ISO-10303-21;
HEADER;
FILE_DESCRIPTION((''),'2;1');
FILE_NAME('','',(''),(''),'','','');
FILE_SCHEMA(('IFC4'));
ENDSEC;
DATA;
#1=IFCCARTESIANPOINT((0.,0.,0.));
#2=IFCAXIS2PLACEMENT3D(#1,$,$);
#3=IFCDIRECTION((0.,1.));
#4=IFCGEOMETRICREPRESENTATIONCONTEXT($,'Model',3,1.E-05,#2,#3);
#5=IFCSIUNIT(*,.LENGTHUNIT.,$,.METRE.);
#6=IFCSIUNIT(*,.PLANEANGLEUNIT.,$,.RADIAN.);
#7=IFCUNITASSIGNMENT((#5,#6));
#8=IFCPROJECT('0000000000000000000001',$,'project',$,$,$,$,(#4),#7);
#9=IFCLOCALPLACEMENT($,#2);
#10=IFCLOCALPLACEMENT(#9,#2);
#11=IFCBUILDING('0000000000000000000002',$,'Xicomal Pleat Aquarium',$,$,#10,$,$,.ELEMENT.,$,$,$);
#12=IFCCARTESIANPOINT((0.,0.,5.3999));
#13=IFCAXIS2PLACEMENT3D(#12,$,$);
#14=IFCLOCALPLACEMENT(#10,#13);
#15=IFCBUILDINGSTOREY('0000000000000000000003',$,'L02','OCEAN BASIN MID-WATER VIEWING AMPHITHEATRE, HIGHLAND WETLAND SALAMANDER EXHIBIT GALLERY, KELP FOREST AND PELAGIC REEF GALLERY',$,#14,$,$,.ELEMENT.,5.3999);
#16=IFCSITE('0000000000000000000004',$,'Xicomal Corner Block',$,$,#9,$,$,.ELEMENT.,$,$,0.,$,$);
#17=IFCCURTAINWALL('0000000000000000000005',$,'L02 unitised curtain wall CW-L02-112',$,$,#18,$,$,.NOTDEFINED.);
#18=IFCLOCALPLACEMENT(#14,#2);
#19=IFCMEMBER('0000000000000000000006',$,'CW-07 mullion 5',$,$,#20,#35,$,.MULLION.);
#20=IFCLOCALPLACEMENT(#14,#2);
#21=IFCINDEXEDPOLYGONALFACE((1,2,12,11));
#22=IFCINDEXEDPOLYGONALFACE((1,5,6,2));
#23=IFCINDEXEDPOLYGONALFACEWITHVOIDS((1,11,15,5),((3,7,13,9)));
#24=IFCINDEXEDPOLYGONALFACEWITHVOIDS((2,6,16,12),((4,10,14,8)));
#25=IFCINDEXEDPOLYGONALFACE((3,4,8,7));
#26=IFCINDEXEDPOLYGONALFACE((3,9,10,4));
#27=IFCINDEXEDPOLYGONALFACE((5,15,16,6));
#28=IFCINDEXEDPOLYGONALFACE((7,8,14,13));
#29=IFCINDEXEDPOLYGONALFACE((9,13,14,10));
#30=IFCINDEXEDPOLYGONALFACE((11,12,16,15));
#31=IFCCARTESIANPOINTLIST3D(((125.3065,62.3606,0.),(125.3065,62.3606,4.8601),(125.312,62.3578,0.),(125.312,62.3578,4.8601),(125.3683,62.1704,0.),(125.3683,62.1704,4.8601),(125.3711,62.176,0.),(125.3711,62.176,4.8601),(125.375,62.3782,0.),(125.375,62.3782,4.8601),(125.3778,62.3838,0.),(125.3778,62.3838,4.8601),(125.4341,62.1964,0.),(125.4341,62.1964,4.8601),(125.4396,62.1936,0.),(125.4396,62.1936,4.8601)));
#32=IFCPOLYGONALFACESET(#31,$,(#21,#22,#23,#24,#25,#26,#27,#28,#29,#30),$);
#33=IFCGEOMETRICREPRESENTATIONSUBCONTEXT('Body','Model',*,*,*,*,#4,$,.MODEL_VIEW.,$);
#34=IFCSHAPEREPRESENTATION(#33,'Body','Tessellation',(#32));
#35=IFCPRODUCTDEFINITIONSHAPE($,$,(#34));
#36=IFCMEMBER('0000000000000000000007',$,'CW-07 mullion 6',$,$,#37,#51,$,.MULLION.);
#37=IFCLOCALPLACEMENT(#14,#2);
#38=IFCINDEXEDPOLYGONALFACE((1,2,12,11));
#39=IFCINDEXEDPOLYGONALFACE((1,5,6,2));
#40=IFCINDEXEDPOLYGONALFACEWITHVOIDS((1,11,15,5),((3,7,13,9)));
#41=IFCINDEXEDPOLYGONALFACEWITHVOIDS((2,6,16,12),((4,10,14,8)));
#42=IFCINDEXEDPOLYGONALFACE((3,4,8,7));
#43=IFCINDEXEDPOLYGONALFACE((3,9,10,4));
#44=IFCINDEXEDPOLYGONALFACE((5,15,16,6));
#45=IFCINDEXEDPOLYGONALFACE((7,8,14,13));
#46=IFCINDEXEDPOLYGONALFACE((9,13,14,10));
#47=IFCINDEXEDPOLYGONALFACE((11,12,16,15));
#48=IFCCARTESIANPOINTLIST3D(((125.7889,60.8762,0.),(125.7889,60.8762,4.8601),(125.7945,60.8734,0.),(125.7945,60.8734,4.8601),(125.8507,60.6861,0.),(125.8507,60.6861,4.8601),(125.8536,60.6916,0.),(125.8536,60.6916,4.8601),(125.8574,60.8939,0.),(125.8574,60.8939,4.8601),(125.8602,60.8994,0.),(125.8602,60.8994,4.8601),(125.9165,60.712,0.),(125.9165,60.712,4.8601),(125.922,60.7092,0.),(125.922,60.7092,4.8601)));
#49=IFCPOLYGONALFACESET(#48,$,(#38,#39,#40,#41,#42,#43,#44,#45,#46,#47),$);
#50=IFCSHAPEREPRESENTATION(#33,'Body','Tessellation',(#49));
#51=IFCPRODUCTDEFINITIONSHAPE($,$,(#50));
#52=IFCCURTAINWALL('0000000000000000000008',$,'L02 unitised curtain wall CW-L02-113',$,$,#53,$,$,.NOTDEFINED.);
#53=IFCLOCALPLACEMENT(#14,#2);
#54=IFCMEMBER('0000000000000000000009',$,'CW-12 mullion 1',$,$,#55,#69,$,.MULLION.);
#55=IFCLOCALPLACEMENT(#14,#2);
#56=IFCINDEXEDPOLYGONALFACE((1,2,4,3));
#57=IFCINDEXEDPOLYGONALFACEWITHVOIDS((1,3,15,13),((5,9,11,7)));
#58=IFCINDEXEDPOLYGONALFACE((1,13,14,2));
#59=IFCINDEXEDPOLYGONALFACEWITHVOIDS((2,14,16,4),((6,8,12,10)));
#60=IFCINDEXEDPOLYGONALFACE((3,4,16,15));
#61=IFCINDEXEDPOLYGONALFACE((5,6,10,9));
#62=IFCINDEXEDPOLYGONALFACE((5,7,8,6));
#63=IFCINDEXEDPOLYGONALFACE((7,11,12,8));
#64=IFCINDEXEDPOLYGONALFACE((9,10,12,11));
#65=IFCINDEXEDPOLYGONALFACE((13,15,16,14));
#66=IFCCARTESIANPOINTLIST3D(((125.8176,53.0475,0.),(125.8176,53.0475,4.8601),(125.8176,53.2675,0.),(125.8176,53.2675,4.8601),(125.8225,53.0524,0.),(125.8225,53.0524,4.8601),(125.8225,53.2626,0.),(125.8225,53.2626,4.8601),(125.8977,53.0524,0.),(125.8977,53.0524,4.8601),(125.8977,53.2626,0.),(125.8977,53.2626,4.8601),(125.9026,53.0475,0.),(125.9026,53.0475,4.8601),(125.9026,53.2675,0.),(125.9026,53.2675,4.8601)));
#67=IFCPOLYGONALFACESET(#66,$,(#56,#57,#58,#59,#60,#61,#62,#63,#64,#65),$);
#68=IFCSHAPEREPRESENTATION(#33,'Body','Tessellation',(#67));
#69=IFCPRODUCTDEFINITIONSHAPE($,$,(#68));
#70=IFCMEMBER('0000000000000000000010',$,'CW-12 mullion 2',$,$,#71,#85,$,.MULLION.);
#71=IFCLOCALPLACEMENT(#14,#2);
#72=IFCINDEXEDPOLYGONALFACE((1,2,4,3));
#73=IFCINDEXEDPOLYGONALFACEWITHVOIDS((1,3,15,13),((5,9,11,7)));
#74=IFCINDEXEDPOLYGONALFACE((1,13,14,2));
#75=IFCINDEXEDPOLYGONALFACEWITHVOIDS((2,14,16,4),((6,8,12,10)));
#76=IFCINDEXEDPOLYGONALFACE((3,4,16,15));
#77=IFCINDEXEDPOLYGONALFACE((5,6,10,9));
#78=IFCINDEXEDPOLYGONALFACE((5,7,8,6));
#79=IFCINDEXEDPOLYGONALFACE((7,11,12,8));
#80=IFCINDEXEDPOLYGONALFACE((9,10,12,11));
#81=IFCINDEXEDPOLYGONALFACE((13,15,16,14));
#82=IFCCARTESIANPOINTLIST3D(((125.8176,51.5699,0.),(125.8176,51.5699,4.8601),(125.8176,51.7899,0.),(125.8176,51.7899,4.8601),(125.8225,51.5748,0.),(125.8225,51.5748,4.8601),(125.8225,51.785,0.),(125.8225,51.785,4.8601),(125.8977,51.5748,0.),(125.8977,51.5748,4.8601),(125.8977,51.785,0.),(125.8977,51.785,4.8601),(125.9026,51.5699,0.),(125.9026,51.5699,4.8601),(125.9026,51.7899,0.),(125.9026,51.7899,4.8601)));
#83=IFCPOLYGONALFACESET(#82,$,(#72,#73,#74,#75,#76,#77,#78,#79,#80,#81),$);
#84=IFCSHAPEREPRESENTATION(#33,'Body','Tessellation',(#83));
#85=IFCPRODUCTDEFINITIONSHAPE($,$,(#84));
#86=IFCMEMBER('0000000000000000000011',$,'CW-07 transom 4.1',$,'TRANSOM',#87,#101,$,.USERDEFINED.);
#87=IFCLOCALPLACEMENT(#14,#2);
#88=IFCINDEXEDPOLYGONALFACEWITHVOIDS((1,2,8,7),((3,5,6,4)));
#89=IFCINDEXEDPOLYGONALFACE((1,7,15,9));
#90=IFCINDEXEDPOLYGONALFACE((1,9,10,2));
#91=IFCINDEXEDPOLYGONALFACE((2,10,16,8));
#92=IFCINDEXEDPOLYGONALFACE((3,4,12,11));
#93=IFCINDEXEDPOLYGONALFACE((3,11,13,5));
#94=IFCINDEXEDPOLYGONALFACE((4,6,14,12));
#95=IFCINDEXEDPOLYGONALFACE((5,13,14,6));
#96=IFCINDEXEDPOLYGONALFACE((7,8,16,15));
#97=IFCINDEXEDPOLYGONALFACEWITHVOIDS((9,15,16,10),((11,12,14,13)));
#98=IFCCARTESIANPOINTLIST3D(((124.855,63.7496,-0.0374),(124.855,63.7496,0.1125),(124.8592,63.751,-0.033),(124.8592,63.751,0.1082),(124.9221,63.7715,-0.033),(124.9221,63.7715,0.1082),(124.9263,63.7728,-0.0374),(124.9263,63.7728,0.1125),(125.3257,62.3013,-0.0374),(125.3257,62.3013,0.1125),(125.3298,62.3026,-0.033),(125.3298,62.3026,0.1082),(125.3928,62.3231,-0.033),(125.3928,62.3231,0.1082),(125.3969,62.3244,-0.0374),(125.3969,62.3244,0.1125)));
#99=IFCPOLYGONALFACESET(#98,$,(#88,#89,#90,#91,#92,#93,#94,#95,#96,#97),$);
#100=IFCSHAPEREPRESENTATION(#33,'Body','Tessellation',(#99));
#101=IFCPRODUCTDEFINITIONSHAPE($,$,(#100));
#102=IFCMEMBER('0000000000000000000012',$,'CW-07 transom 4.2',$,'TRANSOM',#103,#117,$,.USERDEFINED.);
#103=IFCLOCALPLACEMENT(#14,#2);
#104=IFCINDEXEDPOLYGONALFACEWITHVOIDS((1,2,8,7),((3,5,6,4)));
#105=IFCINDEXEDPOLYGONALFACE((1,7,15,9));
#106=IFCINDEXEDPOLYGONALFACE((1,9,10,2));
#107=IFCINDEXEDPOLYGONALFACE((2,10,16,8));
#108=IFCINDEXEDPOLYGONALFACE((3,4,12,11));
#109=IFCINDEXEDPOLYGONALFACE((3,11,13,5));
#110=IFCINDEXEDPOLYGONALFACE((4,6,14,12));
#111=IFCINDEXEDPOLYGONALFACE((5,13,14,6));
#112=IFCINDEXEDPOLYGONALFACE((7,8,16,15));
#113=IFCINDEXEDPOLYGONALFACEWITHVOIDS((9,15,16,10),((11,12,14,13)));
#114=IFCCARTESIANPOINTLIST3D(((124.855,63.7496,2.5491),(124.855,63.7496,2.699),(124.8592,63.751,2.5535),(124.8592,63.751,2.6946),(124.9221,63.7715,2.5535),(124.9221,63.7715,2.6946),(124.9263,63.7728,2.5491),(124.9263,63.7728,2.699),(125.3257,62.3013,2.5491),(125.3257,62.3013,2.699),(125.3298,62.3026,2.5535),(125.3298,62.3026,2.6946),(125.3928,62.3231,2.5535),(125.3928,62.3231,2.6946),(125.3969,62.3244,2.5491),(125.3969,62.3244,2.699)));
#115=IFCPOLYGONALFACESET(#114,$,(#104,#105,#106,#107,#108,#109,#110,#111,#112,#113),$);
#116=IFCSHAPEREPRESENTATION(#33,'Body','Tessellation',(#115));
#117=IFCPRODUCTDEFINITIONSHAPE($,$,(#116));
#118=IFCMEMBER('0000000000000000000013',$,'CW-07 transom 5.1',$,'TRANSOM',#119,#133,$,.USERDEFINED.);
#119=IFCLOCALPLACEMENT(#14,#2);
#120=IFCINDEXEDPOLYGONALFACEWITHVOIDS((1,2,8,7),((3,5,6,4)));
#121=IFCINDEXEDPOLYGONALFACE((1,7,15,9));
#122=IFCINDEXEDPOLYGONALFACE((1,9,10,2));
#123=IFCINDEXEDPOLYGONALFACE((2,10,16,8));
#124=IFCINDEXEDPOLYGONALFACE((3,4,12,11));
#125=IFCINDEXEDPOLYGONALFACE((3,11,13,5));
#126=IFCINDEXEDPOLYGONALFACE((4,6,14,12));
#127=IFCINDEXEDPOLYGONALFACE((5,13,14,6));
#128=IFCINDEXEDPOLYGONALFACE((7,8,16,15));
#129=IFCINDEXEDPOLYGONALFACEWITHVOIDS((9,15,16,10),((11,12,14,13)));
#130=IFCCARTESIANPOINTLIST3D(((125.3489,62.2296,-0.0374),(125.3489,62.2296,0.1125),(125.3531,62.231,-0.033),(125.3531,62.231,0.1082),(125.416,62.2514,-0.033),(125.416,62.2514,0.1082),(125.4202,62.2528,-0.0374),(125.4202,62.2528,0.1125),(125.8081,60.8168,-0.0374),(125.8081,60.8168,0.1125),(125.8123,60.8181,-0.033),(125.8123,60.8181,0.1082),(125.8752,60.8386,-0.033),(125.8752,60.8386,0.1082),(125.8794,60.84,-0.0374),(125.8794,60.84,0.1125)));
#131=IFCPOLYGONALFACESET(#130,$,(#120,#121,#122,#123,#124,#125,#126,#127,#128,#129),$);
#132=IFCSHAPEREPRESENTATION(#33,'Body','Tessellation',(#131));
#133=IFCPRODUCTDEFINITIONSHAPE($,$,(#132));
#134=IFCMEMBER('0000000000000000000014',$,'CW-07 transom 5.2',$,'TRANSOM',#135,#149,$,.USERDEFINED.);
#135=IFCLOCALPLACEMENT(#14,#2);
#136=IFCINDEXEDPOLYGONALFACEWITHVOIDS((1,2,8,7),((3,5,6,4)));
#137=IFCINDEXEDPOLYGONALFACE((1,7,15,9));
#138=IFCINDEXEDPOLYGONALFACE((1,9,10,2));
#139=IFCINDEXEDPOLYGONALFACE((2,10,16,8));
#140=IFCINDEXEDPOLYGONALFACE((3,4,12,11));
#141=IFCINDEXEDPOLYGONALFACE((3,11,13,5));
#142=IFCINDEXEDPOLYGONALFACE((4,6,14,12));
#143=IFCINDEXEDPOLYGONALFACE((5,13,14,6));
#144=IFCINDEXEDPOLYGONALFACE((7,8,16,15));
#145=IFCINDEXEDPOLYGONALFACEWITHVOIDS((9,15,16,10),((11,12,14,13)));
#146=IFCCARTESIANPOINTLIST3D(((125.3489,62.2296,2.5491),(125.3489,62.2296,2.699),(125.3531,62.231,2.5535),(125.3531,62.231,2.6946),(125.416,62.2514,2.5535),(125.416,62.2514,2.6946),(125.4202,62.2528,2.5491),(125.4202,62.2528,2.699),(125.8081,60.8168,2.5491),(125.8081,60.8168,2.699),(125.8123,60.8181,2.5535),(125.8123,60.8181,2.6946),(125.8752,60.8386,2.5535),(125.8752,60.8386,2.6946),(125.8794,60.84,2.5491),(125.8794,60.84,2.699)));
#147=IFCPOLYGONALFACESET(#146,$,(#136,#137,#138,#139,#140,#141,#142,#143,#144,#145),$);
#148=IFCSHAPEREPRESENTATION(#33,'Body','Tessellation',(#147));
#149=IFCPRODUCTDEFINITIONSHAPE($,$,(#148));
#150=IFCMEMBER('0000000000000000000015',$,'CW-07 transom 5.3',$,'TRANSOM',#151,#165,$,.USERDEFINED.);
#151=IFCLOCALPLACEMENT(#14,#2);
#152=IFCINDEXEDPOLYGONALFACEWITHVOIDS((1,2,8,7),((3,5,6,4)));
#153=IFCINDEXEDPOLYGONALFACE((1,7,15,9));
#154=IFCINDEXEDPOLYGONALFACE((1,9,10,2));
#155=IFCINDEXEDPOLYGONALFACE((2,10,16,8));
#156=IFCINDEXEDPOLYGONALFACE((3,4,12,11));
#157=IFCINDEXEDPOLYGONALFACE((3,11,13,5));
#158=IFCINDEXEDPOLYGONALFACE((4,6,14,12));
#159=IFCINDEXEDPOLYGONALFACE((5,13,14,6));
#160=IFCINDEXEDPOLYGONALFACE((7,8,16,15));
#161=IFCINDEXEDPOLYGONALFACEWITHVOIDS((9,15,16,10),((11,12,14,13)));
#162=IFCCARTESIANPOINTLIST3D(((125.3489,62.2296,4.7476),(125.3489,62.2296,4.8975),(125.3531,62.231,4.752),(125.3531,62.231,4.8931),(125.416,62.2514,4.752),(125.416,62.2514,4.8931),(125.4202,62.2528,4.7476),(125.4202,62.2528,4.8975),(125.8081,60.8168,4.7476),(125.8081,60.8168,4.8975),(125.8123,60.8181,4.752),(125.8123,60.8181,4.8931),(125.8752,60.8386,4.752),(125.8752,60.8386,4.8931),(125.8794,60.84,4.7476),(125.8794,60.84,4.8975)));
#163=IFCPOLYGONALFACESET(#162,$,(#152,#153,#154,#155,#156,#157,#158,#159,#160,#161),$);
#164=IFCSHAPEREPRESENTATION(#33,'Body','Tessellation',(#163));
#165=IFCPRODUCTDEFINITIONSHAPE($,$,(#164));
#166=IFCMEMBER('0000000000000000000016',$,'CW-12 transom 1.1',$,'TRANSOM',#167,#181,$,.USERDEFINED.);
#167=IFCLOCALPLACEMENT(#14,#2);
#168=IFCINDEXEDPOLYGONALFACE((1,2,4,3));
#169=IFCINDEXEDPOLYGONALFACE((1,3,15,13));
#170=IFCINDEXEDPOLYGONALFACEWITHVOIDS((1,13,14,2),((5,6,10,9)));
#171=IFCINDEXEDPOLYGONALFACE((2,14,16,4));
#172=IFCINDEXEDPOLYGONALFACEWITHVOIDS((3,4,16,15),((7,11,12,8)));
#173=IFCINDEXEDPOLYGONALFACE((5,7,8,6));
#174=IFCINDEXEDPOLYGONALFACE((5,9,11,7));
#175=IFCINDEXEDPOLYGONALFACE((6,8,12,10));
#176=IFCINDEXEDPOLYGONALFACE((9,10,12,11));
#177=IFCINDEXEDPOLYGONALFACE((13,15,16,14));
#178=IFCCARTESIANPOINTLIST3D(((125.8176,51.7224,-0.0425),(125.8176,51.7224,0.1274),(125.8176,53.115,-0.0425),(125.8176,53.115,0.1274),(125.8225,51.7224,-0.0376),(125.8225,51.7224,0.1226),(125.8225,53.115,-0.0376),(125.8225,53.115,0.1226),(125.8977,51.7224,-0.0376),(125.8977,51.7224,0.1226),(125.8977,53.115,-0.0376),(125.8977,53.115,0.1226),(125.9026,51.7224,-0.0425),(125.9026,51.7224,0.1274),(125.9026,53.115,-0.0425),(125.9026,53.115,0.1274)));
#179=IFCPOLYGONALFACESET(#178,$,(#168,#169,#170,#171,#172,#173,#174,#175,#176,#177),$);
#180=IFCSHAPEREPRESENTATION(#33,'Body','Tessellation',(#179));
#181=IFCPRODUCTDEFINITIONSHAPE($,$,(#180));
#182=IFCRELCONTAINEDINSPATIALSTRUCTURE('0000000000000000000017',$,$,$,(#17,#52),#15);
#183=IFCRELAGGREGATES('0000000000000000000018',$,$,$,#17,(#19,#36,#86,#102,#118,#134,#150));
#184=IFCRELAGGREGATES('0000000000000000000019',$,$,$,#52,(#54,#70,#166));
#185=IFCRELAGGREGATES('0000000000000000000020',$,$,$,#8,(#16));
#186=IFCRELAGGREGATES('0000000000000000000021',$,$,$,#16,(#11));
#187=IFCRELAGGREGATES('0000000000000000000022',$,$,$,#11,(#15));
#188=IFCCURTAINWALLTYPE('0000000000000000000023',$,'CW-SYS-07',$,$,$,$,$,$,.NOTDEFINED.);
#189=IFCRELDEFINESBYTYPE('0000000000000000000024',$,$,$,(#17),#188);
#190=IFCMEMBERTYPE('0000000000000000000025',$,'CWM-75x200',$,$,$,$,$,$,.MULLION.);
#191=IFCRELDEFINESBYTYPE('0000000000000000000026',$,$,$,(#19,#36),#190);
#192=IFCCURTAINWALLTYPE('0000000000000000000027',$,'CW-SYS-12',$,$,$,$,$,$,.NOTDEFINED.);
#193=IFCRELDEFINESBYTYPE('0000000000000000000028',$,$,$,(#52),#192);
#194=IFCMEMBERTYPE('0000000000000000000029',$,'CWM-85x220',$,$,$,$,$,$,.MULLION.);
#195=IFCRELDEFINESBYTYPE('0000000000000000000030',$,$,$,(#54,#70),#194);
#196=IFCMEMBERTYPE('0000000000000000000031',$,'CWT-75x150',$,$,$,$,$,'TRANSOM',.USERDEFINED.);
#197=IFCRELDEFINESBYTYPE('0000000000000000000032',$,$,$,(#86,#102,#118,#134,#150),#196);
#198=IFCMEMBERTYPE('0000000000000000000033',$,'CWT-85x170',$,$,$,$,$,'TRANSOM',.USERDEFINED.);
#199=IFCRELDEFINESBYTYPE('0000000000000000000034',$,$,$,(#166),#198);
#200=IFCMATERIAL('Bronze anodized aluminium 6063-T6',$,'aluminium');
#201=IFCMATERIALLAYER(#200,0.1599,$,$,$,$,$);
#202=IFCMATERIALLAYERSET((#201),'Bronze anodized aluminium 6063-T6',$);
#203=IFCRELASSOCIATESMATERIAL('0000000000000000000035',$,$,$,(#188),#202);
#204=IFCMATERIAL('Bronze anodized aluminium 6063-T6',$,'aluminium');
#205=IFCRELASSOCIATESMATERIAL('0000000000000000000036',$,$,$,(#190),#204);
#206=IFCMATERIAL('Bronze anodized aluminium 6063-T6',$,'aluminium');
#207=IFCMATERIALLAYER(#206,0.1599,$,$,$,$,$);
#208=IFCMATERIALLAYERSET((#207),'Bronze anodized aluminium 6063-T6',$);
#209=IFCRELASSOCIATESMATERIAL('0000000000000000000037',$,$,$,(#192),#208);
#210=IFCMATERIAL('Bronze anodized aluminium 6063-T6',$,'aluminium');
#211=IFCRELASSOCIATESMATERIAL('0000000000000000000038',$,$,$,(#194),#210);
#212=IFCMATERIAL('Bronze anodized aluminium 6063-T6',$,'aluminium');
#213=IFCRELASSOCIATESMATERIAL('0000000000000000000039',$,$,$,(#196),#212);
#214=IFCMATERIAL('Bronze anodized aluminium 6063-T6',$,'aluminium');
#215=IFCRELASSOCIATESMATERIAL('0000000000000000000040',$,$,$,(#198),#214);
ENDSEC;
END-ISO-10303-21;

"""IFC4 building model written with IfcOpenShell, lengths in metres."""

from ifc_helpers import new_model, si_unit, direction, frame, origin, origin_2d, place, context, subcontext, project, spatial, hollow_rectangle, extrude, material, layer, layer_set, material_profile, profile_set, type_object, element, aggregate, save


model = new_model("IFC4")

# Units and contexts
model_context = context("Model", 3, precision=1e-05, world=origin(), true_north=direction((0.0, 1.0)))
body_context = subcontext(model_context, "Body", "Model", "MODEL_VIEW")
ifc_project = project(units=[si_unit("LENGTHUNIT", "METRE"), si_unit("PLANEANGLEUNIT", "RADIAN")], contexts=[model_context])

# Site, building, storey
site_placement = place(None, origin())
site = spatial("IfcSite", under=ifc_project, at=site_placement, Name="Xicomal Corner Block", CompositionType="ELEMENT", RefElevation=0.0)
building_placement = place(site_placement, origin())
building = spatial("IfcBuilding", under=site, at=building_placement, Name="Xicomal Pleat Aquarium", CompositionType="ELEMENT")
storey_placement = place(building_placement, frame((0.0, 0.0, 5.3999)))
storey = spatial("IfcBuildingStorey", under=building, at=storey_placement, Name="L02", Description="OCEAN BASIN MID-WATER VIEWING AMPHITHEATRE, HIGHLAND WETLAND SALAMANDER EXHIBIT GALLERY, KELP FOREST AND PELAGIC REEF GALLERY", CompositionType="ELEMENT", Elevation=5.3999)

# Curtain walls, members
ifc_material_1 = material(Name="Bronze anodized aluminium 6063-T6", Category="aluminium")
ifc_layer_1 = layer(ifc_material_1, 0.1599)
ifc_layer_set_1 = layer_set([ifc_layer_1], Name="Bronze anodized aluminium 6063-T6")
curtain_wall_type_1 = type_object("IfcCurtainWallType", Name="CW-SYS-07", PredefinedType="NOTDEFINED", material=ifc_layer_set_1)
curtain_wall_1_placement = place(storey_placement, origin())
curtain_wall_1 = element("IfcCurtainWall", 1, at=curtain_wall_1_placement, inside=storey, type_object=curtain_wall_type_1, Name="L02 unitised curtain wall CW-L02-112", PredefinedType="NOTDEFINED")
ifc_material_2 = material(Name="Bronze anodized aluminium 6063-T6", Category="aluminium")
ifc_material_profile_1 = material_profile(ifc_material_2, hollow_rectangle(XDim=0.075, YDim=0.2, WallThickness=0.0044, at=origin_2d()), Name="ALU MULL 75x200")
ifc_profile_set_1 = profile_set([ifc_material_profile_1], Name="Bronze anodized aluminium 6063-T6")
member_type_1 = type_object("IfcMemberType", Name="CWM-75x200", PredefinedType="MULLION", material=ifc_profile_set_1)
member_1_placement = place(storey_placement, frame((125.373, 62.2771, 0.0), z_axis=(0.0, 0.0, 1.0), x_axis=(0.951034, 0.309086, 0.0)))
member_1 = element("IfcMember", 2, at=member_1_placement, type_object=member_type_1, Name="CW-07 mullion 5", PredefinedType="MULLION", context=body_context, shape_type="SweptSolid", body=[
    extrude(hollow_rectangle(XDim=0.075, YDim=0.2, WallThickness=0.0044, at=origin_2d()), origin(), (0.0, 0.0, 1.0), 4.8601),
])
member_2_placement = place(storey_placement, frame((125.8555, 60.7927, 0.0), z_axis=(0.0, 0.0, 1.0), x_axis=(0.951034, 0.309086, 0.0)))
member_2 = element("IfcMember", 3, at=member_2_placement, type_object=member_type_1, Name="CW-07 mullion 6", PredefinedType="MULLION", context=body_context, shape_type="SweptSolid", body=[
    extrude(hollow_rectangle(XDim=0.075, YDim=0.2, WallThickness=0.0044, at=origin_2d()), origin(), (0.0, 0.0, 1.0), 4.8601),
])
ifc_material_3 = material(Name="Bronze anodized aluminium 6063-T6", Category="aluminium")
ifc_layer_2 = layer(ifc_material_3, 0.1599)
ifc_layer_set_2 = layer_set([ifc_layer_2], Name="Bronze anodized aluminium 6063-T6")
curtain_wall_type_2 = type_object("IfcCurtainWallType", Name="CW-SYS-12", PredefinedType="NOTDEFINED", material=ifc_layer_set_2)
curtain_wall_2_placement = place(storey_placement, origin())
curtain_wall_2 = element("IfcCurtainWall", 4, at=curtain_wall_2_placement, inside=storey, type_object=curtain_wall_type_2, Name="L02 unitised curtain wall CW-L02-113", PredefinedType="NOTDEFINED")
ifc_material_4 = material(Name="Bronze anodized aluminium 6063-T6", Category="aluminium")
ifc_material_profile_2 = material_profile(ifc_material_4, hollow_rectangle(XDim=0.085, YDim=0.22, WallThickness=0.0049, at=origin_2d()), Name="ALU MULL 85x220")
ifc_profile_set_2 = profile_set([ifc_material_profile_2], Name="Bronze anodized aluminium 6063-T6")
member_type_2 = type_object("IfcMemberType", Name="CWM-85x220", PredefinedType="MULLION", material=ifc_profile_set_2)
member_3_placement = place(storey_placement, frame((125.8601, 53.1575, 0.0), z_axis=(0.0, 0.0, 1.0), x_axis=(1.0, 0.0, 0.0)))
member_3 = element("IfcMember", 5, at=member_3_placement, type_object=member_type_2, Name="CW-12 mullion 1", PredefinedType="MULLION", context=body_context, shape_type="SweptSolid", body=[
    extrude(hollow_rectangle(XDim=0.085, YDim=0.22, WallThickness=0.0049, at=origin_2d()), origin(), (0.0, 0.0, 1.0), 4.8601),
])
member_4_placement = place(storey_placement, frame((125.8601, 51.6799, 0.0), z_axis=(0.0, 0.0, 1.0), x_axis=(1.0, 0.0, 0.0)))
member_4 = element("IfcMember", 6, at=member_4_placement, type_object=member_type_2, Name="CW-12 mullion 2", PredefinedType="MULLION", context=body_context, shape_type="SweptSolid", body=[
    extrude(hollow_rectangle(XDim=0.085, YDim=0.22, WallThickness=0.0049, at=origin_2d()), origin(), (0.0, 0.0, 1.0), 4.8601),
])

# Members
ifc_material_5 = material(Name="Bronze anodized aluminium 6063-T6", Category="aluminium")
ifc_material_profile_3 = material_profile(ifc_material_5, hollow_rectangle(XDim=0.075, YDim=0.1499, WallThickness=0.0044, at=origin_2d()), Name="ALU TRAN 75x150")
ifc_profile_set_3 = profile_set([ifc_material_profile_3], Name="Bronze anodized aluminium 6063-T6")
member_type_3 = type_object("IfcMemberType", Name="CWT-75x150", ElementType="TRANSOM", PredefinedType="USERDEFINED", material=ifc_profile_set_3)
member_5_placement = place(storey_placement, frame((124.8906, 63.7612, 0.0376), z_axis=(0.309053, -0.951045, 0.0), x_axis=(0.951045, 0.309053, 0.0)))
member_5 = element("IfcMember", 7, at=member_5_placement, type_object=member_type_3, Name="CW-07 transom 4.1", ObjectType="TRANSOM", PredefinedType="USERDEFINED", context=body_context, shape_type="SweptSolid", body=[
    extrude(hollow_rectangle(XDim=0.075, YDim=0.1499, WallThickness=0.0044, at=origin_2d()), origin(), (0.0, 0.0, 1.0), 1.5229),
])
member_6_placement = place(storey_placement, frame((124.8906, 63.7612, 2.624), z_axis=(0.309053, -0.951045, 0.0), x_axis=(0.951045, 0.309053, 0.0)))
member_6 = element("IfcMember", 8, at=member_6_placement, type_object=member_type_3, Name="CW-07 transom 4.2", ObjectType="TRANSOM", PredefinedType="USERDEFINED", context=body_context, shape_type="SweptSolid", body=[
    extrude(hollow_rectangle(XDim=0.075, YDim=0.1499, WallThickness=0.0044, at=origin_2d()), origin(), (0.0, 0.0, 1.0), 1.5229),
])
member_7_placement = place(storey_placement, frame((125.3845, 62.2412, 0.0376), z_axis=(0.30912, -0.951023, 0.0), x_axis=(0.951023, 0.30912, 0.0)))
member_7 = element("IfcMember", 9, at=member_7_placement, type_object=member_type_3, Name="CW-07 transom 5.1", ObjectType="TRANSOM", PredefinedType="USERDEFINED", context=body_context, shape_type="SweptSolid", body=[
    extrude(hollow_rectangle(XDim=0.075, YDim=0.1499, WallThickness=0.0044, at=origin_2d()), origin(), (0.0, 0.0, 1.0), 1.4856),
])
member_8_placement = place(storey_placement, frame((125.3845, 62.2412, 2.624), z_axis=(0.30912, -0.951023, 0.0), x_axis=(0.951023, 0.30912, 0.0)))
member_8 = element("IfcMember", 10, at=member_8_placement, type_object=member_type_3, Name="CW-07 transom 5.2", ObjectType="TRANSOM", PredefinedType="USERDEFINED", context=body_context, shape_type="SweptSolid", body=[
    extrude(hollow_rectangle(XDim=0.075, YDim=0.1499, WallThickness=0.0044, at=origin_2d()), origin(), (0.0, 0.0, 1.0), 1.4856),
])
member_9_placement = place(storey_placement, frame((125.3845, 62.2412, 4.8225), z_axis=(0.30912, -0.951023, 0.0), x_axis=(0.951023, 0.30912, 0.0)))
member_9 = element("IfcMember", 11, at=member_9_placement, type_object=member_type_3, Name="CW-07 transom 5.3", ObjectType="TRANSOM", PredefinedType="USERDEFINED", context=body_context, shape_type="SweptSolid", body=[
    extrude(hollow_rectangle(XDim=0.075, YDim=0.1499, WallThickness=0.0044, at=origin_2d()), origin(), (0.0, 0.0, 1.0), 1.4856),
])
ifc_material_6 = material(Name="Bronze anodized aluminium 6063-T6", Category="aluminium")
ifc_material_profile_4 = material_profile(ifc_material_6, hollow_rectangle(XDim=0.085, YDim=0.1699, WallThickness=0.0049, at=origin_2d()), Name="ALU TRAN 85x170")
ifc_profile_set_4 = profile_set([ifc_material_profile_4], Name="Bronze anodized aluminium 6063-T6")
member_type_4 = type_object("IfcMemberType", Name="CWT-85x170", ElementType="TRANSOM", PredefinedType="USERDEFINED", material=ifc_profile_set_4)
member_10_placement = place(storey_placement, frame((125.8601, 53.115, 0.0425), z_axis=(0.0, -1.0, 0.0), x_axis=(1.0, 0.0, 0.0)))
member_10 = element("IfcMember", 12, at=member_10_placement, type_object=member_type_4, Name="CW-12 transom 1.1", ObjectType="TRANSOM", PredefinedType="USERDEFINED", context=body_context, shape_type="SweptSolid", body=[
    extrude(hollow_rectangle(XDim=0.085, YDim=0.1699, WallThickness=0.0049, at=origin_2d()), origin(), (0.0, 0.0, 1.0), 1.3926),
])

aggregate(curtain_wall_1, [member_1, member_2, member_5, member_6, member_7, member_8, member_9])
aggregate(curtain_wall_2, [member_3, member_4, member_10])

save(model, "model.ifc")
